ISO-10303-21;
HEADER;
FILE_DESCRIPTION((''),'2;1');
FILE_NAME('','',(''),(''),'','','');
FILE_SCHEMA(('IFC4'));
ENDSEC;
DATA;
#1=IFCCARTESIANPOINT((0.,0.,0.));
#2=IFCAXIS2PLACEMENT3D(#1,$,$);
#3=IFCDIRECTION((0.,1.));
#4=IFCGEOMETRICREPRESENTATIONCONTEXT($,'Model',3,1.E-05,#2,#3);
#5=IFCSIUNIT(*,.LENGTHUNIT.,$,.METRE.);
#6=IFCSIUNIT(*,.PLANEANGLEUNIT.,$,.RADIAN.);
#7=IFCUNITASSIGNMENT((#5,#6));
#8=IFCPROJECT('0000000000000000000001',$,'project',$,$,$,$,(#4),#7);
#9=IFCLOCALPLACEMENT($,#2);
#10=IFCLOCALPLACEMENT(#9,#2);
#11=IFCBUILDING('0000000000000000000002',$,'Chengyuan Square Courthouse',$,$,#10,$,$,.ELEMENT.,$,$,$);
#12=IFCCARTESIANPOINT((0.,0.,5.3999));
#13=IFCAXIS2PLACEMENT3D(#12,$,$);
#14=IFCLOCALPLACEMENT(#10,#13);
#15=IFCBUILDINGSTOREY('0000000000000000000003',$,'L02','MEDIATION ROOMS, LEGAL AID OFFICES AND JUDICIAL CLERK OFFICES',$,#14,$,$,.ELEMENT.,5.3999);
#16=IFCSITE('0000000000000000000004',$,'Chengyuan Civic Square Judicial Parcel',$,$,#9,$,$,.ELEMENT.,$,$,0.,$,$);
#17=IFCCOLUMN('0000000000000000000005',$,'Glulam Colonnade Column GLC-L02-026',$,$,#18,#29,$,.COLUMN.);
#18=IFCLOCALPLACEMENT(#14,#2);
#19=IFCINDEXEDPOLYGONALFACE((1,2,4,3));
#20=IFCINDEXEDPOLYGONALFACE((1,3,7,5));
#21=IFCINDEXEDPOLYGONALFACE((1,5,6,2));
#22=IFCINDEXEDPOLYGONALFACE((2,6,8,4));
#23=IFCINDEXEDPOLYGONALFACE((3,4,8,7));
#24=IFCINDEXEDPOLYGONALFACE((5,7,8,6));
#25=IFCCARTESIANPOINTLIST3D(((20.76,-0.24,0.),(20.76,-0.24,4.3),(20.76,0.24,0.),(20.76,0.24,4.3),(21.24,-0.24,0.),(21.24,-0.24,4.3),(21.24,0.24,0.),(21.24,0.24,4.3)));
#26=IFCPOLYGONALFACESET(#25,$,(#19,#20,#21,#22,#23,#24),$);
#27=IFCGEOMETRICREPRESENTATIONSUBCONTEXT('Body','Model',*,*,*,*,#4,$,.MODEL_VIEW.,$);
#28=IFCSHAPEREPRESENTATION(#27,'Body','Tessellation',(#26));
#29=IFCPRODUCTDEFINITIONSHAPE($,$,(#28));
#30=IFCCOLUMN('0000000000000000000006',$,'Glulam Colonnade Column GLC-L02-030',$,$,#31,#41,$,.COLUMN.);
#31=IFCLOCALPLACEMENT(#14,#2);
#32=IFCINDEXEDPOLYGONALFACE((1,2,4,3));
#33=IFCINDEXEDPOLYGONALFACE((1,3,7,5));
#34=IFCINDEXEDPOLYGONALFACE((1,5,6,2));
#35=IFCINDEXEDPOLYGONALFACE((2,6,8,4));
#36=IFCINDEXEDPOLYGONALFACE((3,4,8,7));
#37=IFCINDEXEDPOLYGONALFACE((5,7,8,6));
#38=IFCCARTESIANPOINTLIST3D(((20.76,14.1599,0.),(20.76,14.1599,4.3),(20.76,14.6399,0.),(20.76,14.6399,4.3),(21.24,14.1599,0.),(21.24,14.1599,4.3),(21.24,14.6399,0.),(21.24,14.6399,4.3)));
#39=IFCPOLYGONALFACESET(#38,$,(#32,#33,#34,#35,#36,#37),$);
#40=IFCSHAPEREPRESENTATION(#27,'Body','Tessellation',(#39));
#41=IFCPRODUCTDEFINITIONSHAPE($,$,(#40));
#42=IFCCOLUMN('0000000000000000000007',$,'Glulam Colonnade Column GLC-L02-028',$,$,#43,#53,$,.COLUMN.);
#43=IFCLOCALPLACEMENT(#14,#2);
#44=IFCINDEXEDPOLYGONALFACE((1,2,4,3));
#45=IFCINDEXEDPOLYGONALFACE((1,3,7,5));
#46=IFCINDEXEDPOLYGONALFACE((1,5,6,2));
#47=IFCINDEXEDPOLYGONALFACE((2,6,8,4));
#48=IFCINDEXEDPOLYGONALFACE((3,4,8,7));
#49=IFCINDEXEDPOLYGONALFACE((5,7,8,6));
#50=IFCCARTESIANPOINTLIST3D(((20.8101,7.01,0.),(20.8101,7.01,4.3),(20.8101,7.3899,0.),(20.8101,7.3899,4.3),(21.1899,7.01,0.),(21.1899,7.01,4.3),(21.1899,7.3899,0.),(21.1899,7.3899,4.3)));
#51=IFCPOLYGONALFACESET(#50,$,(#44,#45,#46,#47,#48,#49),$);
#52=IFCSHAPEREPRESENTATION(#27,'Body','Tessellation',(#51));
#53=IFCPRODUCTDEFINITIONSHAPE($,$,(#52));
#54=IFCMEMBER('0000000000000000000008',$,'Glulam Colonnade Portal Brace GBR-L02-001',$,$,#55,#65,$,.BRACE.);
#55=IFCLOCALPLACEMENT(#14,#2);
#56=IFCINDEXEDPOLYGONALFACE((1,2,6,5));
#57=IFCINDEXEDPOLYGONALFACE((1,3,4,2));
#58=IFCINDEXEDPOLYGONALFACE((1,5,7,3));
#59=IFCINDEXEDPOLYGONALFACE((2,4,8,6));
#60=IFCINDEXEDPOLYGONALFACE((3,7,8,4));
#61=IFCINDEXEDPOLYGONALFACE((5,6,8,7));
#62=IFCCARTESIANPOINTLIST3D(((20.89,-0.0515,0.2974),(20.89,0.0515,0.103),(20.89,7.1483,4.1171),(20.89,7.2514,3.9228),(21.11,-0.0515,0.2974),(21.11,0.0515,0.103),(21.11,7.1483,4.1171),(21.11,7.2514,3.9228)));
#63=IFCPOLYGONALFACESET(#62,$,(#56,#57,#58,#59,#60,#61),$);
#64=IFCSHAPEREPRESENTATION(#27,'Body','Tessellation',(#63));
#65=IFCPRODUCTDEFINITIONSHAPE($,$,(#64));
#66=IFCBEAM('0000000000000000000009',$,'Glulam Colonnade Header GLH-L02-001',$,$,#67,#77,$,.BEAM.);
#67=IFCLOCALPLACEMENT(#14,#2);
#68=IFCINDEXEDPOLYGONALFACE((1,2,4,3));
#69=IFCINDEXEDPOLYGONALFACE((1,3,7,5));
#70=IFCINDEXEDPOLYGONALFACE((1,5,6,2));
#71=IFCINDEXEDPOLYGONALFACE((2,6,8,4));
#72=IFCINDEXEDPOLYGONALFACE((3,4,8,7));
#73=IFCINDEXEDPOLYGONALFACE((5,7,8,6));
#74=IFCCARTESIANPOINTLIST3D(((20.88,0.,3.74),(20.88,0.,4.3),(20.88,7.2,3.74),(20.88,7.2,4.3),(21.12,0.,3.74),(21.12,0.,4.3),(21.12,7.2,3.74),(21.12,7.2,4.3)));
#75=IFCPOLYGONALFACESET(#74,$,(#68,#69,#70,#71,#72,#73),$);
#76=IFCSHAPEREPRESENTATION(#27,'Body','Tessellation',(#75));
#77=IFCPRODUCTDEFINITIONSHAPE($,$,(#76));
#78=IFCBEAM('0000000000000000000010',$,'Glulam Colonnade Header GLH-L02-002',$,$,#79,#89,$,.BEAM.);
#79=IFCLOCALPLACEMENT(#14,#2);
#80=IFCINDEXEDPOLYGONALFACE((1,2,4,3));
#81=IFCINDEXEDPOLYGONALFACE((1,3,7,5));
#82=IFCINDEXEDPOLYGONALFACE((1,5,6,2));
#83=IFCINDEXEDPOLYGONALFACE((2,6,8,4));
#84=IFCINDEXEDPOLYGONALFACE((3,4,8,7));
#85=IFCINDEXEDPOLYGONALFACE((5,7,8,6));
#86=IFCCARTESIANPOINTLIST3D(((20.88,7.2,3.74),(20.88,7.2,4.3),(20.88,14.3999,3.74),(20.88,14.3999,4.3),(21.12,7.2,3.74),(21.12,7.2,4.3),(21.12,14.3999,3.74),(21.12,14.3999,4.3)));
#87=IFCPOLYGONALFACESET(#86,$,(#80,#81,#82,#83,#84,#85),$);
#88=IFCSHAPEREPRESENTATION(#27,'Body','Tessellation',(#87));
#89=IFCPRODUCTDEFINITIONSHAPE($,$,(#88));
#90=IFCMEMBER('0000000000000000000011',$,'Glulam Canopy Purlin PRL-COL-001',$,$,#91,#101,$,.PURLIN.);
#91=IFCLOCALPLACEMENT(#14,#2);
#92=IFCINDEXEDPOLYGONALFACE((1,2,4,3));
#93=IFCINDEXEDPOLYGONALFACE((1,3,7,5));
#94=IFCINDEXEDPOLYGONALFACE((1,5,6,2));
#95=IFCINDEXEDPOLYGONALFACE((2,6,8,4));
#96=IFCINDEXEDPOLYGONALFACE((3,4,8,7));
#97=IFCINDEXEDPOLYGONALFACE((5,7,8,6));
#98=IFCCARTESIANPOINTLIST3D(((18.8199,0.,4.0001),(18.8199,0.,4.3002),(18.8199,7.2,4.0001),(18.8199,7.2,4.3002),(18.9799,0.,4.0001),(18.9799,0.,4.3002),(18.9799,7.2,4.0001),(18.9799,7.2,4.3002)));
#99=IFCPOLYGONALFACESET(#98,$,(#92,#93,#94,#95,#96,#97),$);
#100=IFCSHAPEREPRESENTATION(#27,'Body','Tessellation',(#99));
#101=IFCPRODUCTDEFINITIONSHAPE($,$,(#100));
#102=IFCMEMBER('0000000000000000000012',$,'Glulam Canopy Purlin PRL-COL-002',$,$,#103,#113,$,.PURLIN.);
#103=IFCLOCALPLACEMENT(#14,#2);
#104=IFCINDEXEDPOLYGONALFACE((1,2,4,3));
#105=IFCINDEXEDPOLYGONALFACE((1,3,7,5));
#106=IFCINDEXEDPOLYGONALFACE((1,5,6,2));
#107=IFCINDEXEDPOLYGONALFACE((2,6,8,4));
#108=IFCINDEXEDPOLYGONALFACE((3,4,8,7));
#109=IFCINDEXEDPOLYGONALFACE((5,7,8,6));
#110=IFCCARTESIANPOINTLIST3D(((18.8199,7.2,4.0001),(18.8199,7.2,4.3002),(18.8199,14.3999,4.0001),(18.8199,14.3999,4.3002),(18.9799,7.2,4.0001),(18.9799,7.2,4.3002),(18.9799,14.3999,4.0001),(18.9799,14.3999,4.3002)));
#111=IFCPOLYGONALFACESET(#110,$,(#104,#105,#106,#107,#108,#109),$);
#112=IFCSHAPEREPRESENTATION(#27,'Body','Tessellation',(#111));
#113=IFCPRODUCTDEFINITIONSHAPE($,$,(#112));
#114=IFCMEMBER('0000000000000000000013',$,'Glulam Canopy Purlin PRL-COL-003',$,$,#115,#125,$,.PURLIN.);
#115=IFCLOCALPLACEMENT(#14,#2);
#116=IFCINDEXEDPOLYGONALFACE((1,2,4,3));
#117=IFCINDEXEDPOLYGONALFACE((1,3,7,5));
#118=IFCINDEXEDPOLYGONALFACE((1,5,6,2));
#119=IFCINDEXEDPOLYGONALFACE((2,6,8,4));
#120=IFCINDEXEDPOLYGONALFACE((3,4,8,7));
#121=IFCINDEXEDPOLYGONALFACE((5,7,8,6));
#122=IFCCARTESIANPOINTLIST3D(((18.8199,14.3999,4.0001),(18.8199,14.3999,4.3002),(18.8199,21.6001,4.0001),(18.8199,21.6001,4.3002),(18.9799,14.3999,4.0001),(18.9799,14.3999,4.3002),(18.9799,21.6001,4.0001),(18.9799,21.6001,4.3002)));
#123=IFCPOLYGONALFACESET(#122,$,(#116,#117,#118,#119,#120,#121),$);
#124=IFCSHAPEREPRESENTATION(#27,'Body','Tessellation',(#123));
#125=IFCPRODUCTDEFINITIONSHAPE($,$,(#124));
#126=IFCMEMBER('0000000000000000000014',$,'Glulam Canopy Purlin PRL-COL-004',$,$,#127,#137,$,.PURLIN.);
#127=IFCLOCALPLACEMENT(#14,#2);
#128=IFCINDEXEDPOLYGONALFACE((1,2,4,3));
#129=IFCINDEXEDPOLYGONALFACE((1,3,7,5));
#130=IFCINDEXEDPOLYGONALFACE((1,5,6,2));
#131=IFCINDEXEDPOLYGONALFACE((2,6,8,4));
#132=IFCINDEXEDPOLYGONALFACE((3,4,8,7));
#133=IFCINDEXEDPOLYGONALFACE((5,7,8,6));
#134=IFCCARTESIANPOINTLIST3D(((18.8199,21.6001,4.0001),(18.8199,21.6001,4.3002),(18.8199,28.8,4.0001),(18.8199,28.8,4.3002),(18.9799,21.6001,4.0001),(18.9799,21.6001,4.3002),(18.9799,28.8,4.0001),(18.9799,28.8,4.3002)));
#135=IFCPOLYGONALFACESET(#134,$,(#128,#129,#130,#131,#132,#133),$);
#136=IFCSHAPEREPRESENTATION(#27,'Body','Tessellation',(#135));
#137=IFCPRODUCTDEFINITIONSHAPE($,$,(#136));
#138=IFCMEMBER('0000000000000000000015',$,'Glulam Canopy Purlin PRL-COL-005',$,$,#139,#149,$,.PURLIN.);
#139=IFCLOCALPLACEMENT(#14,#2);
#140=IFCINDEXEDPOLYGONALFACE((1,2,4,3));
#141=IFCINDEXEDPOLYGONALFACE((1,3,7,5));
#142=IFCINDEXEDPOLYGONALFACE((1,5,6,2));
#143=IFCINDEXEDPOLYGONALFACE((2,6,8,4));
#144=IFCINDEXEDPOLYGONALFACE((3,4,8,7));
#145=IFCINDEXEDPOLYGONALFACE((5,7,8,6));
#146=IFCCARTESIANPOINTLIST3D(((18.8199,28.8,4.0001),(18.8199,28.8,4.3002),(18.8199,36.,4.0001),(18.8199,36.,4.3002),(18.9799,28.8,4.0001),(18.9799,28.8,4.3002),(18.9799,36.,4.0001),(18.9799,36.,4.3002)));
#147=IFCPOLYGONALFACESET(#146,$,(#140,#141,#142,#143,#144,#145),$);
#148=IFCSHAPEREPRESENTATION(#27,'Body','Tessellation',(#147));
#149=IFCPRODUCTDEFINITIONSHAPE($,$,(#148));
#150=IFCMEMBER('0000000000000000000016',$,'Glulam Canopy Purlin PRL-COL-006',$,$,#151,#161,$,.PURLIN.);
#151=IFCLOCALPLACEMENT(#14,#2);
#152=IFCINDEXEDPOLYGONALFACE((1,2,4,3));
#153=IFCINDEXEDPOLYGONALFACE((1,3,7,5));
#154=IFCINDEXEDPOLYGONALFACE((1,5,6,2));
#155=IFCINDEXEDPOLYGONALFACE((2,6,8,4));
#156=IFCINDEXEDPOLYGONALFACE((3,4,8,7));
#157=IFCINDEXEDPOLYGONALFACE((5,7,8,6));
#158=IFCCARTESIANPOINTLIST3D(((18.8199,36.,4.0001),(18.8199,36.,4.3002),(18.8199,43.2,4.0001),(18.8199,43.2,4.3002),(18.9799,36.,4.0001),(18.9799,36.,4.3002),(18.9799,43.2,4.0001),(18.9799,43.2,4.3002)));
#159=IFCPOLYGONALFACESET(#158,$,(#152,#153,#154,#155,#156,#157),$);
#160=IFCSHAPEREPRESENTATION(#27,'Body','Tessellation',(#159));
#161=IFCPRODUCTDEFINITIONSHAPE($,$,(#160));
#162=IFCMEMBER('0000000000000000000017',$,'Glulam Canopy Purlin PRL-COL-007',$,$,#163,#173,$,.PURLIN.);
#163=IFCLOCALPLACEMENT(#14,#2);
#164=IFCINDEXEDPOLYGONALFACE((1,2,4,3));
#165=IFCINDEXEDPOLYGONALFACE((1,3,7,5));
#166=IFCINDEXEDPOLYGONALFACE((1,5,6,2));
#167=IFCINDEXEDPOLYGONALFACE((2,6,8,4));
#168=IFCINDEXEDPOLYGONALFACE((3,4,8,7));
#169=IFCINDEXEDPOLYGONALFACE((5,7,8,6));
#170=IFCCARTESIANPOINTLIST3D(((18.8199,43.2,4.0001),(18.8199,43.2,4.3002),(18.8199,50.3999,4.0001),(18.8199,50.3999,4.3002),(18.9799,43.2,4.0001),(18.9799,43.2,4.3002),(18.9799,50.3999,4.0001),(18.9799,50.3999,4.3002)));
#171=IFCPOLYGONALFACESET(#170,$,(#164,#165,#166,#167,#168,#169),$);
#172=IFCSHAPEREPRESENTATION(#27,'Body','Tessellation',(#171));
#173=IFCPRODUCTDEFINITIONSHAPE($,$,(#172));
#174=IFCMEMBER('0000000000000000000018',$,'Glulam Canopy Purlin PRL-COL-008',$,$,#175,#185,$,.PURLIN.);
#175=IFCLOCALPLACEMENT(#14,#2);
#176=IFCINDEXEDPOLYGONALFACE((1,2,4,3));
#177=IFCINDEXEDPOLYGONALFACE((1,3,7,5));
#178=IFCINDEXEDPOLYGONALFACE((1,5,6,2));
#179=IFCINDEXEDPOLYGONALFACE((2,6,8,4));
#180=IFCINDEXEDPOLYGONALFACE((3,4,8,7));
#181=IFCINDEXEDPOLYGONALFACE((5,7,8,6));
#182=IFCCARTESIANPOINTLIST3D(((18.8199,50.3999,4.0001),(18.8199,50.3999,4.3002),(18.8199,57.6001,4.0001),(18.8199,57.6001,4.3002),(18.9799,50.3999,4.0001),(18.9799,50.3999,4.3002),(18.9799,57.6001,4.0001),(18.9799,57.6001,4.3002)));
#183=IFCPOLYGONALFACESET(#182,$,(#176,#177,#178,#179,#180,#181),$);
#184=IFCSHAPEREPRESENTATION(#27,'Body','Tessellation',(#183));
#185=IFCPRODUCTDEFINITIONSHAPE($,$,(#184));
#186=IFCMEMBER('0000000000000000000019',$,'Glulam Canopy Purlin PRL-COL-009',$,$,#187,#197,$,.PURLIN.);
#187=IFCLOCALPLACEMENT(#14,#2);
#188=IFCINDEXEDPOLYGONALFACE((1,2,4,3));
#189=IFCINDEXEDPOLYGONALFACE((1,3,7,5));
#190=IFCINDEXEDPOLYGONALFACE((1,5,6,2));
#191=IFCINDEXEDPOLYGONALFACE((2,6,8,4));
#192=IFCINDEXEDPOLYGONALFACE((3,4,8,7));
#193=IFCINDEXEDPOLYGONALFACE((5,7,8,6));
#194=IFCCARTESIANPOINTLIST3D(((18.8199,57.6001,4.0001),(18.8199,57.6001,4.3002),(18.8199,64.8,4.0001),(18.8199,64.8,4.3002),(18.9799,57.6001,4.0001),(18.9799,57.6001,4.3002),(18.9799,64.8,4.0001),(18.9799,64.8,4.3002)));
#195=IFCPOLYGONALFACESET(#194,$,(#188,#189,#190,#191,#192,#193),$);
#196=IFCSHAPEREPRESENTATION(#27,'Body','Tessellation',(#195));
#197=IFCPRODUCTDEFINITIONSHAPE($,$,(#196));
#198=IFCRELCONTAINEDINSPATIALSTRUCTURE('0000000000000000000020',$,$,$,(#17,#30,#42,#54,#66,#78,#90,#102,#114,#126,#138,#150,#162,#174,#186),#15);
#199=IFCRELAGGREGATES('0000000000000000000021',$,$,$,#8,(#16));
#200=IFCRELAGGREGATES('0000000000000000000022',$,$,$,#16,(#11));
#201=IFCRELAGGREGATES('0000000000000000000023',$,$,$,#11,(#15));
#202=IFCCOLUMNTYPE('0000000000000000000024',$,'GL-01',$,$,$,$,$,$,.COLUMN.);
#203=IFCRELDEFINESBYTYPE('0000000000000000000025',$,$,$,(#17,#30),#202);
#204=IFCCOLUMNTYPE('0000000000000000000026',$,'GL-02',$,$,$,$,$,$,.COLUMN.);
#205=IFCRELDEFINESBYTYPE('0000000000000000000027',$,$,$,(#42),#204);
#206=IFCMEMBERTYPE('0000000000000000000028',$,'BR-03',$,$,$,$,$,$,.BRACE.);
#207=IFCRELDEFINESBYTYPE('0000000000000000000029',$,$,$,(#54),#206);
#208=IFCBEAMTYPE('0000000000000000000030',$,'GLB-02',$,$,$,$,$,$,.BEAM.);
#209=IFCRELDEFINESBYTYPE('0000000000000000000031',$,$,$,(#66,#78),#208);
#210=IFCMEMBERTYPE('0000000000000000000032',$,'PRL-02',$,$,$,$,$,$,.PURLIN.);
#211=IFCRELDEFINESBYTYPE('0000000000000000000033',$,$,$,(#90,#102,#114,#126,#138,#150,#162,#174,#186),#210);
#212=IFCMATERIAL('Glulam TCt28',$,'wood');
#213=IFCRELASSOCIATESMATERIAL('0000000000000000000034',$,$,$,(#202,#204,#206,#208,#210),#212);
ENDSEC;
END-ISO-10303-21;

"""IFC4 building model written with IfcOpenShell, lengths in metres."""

from ifc_helpers import new_model, si_unit, direction, frame, origin, origin_2d, place, context, subcontext, project, spatial, rectangle, extrude, material, material_profile, profile_set, type_object, element, save


model = new_model("IFC4")

# Units and contexts
model_context = context("Model", 3, precision=1e-05, world=origin(), true_north=direction((0.0, 1.0)))
body_context = subcontext(model_context, "Body", "Model", "MODEL_VIEW")
ifc_project = project(units=[si_unit("LENGTHUNIT", "METRE"), si_unit("PLANEANGLEUNIT", "RADIAN")], contexts=[model_context])

# Site, building, storey
site_placement = place(None, origin())
site = spatial("IfcSite", under=ifc_project, at=site_placement, Name="Chengyuan Civic Square Judicial Parcel", CompositionType="ELEMENT", RefElevation=0.0)
building_placement = place(site_placement, origin())
building = spatial("IfcBuilding", under=site, at=building_placement, Name="Chengyuan Square Courthouse", CompositionType="ELEMENT")
storey_placement = place(building_placement, frame((0.0, 0.0, 5.3999)))
storey = spatial("IfcBuildingStorey", under=building, at=storey_placement, Name="L02", Description="MEDIATION ROOMS, LEGAL AID OFFICES AND JUDICIAL CLERK OFFICES", CompositionType="ELEMENT", Elevation=5.3999)

# Columns
ifc_material_1 = material(Name="Glulam TCt28", Category="wood")
ifc_material_profile_1 = material_profile(ifc_material_1, rectangle(XDim=0.48, YDim=0.48, at=origin_2d()), Name="GL-COL-480x480")
ifc_profile_set_1 = profile_set([ifc_material_profile_1], Name="Glulam TCt28")
column_type_1 = type_object("IfcColumnType", Name="GL-01", PredefinedType="COLUMN", material=ifc_profile_set_1)
for number, where, z_axis, x_axis, name in (
    (1, (21.0, 0.0, 0.0), (0.0, 0.0, 1.0), (1.0, 0.0, 0.0), "Glulam Colonnade Column GLC-L02-026"),
    (2, (21.0, 14.3999, 0.0), (0.0, 0.0, 1.0), (1.0, 0.0, 0.0), "Glulam Colonnade Column GLC-L02-030"),
):
    element("IfcColumn", number, at=place(storey_placement, frame(where, z_axis=z_axis, x_axis=x_axis)), inside=storey, type_object=column_type_1, Name=name, PredefinedType="COLUMN", context=body_context, shape_type="SweptSolid", body=[
        extrude(rectangle(XDim=0.48, YDim=0.48, at=origin_2d()), origin(), (0.0, 0.0, 1.0), 4.3),
    ])
ifc_material_profile_2 = material_profile(ifc_material_1, rectangle(XDim=0.3799, YDim=0.3799, at=origin_2d()), Name="GL-COL-380x380")
ifc_profile_set_2 = profile_set([ifc_material_profile_2], Name="Glulam TCt28")
column_type_2 = type_object("IfcColumnType", Name="GL-02", PredefinedType="COLUMN", material=ifc_profile_set_2)
column_placement = place(storey_placement, frame((21.0, 7.2, 0.0), z_axis=(0.0, 0.0, 1.0), x_axis=(1.0, 0.0, 0.0)))
element("IfcColumn", 3, at=column_placement, inside=storey, type_object=column_type_2, Name="Glulam Colonnade Column GLC-L02-028", PredefinedType="COLUMN", context=body_context, shape_type="SweptSolid", body=[
    extrude(rectangle(XDim=0.3799, YDim=0.3799, at=origin_2d()), origin(), (0.0, 0.0, 1.0), 4.3),
])

# Member
ifc_material_profile_3 = material_profile(ifc_material_1, rectangle(XDim=0.22, YDim=0.22, at=origin_2d()), Name="GL-BR-220x220")
ifc_profile_set_3 = profile_set([ifc_material_profile_3], Name="Glulam TCt28")
member_type_1 = type_object("IfcMemberType", Name="BR-03", PredefinedType="BRACE", material=ifc_profile_set_3)
member_1_placement = place(storey_placement, frame((21.0, 0.0, 0.2002), z_axis=(0.0, 0.883377, 0.468662), x_axis=(-1.0, 0.0, 0.0)))
element("IfcMember", 4, at=member_1_placement, inside=storey, type_object=member_type_1, Name="Glulam Colonnade Portal Brace GBR-L02-001", PredefinedType="BRACE", context=body_context, shape_type="SweptSolid", body=[
    extrude(rectangle(XDim=0.22, YDim=0.22, at=origin_2d()), origin(), (0.0, 0.0, 1.0), 8.1504),
])

# Beams
ifc_material_profile_4 = material_profile(ifc_material_1, rectangle(XDim=0.24, YDim=0.5601, at=origin_2d()), Name="GL-BM-240x560")
ifc_profile_set_4 = profile_set([ifc_material_profile_4], Name="Glulam TCt28")
beam_type = type_object("IfcBeamType", Name="GLB-02", PredefinedType="BEAM", material=ifc_profile_set_4)
for number, where, z_axis, x_axis, name in (
    (5, (21.0, 0.0, 4.02), (0.0, 1.0, 0.0), (-1.0, 0.0, 0.0), "Glulam Colonnade Header GLH-L02-001"),
    (6, (21.0, 7.2, 4.02), (0.0, 1.0, 0.0), (-1.0, 0.0, 0.0), "Glulam Colonnade Header GLH-L02-002"),
):
    element("IfcBeam", number, at=place(storey_placement, frame(where, z_axis=z_axis, x_axis=x_axis)), inside=storey, type_object=beam_type, Name=name, PredefinedType="BEAM", context=body_context, shape_type="SweptSolid", body=[
        extrude(rectangle(XDim=0.24, YDim=0.5601, at=origin_2d()), origin(), (0.0, 0.0, 1.0), 7.2),
    ])

# Members
ifc_material_profile_5 = material_profile(ifc_material_1, rectangle(XDim=0.1599, YDim=0.3, at=origin_2d()), Name="GL-PRL-160x300")
ifc_profile_set_5 = profile_set([ifc_material_profile_5], Name="Glulam TCt28")
member_type_2 = type_object("IfcMemberType", Name="PRL-02", PredefinedType="PURLIN", material=ifc_profile_set_5)
for number, where, z_axis, x_axis, name in (
    (7, (18.8999, 0.0, 4.1501), (0.0, 1.0, 0.0), (-1.0, 0.0, 0.0), "Glulam Canopy Purlin PRL-COL-001"),
    (8, (18.8999, 7.2, 4.1501), (0.0, 1.0, 0.0), (-1.0, 0.0, 0.0), "Glulam Canopy Purlin PRL-COL-002"),
):
    element("IfcMember", number, at=place(storey_placement, frame(where, z_axis=z_axis, x_axis=x_axis)), inside=storey, type_object=member_type_2, Name=name, PredefinedType="PURLIN", context=body_context, shape_type="SweptSolid", body=[
        extrude(rectangle(XDim=0.1599, YDim=0.3, at=origin_2d()), origin(), (0.0, 0.0, 1.0), 7.2),
    ])
member_2_placement = place(storey_placement, frame((18.8999, 14.3999, 4.1501), z_axis=(0.0, 1.0, 0.0), x_axis=(-1.0, 0.0, 0.0)))
element("IfcMember", 9, at=member_2_placement, inside=storey, type_object=member_type_2, Name="Glulam Canopy Purlin PRL-COL-003", PredefinedType="PURLIN", context=body_context, shape_type="SweptSolid", body=[
    extrude(rectangle(XDim=0.1599, YDim=0.3, at=origin_2d()), origin(), (0.0, 0.0, 1.0), 7.2002),
])
for number, where, z_axis, x_axis, name in (
    (10, (18.8999, 21.6001, 4.1501), (0.0, 1.0, 0.0), (-1.0, 0.0, 0.0), "Glulam Canopy Purlin PRL-COL-004"),
    (11, (18.8999, 28.8, 4.1501), (0.0, 1.0, 0.0), (-1.0, 0.0, 0.0), "Glulam Canopy Purlin PRL-COL-005"),
    (12, (18.8999, 36.0, 4.1501), (0.0, 1.0, 0.0), (-1.0, 0.0, 0.0), "Glulam Canopy Purlin PRL-COL-006"),
    (13, (18.8999, 43.2, 4.1501), (0.0, 1.0, 0.0), (-1.0, 0.0, 0.0), "Glulam Canopy Purlin PRL-COL-007"),
):
    element("IfcMember", number, at=place(storey_placement, frame(where, z_axis=z_axis, x_axis=x_axis)), inside=storey, type_object=member_type_2, Name=name, PredefinedType="PURLIN", context=body_context, shape_type="SweptSolid", body=[
        extrude(rectangle(XDim=0.1599, YDim=0.3, at=origin_2d()), origin(), (0.0, 0.0, 1.0), 7.2),
    ])
member_3_placement = place(storey_placement, frame((18.8999, 50.3999, 4.1501), z_axis=(0.0, 1.0, 0.0), x_axis=(-1.0, 0.0, 0.0)))
element("IfcMember", 14, at=member_3_placement, inside=storey, type_object=member_type_2, Name="Glulam Canopy Purlin PRL-COL-008", PredefinedType="PURLIN", context=body_context, shape_type="SweptSolid", body=[
    extrude(rectangle(XDim=0.1599, YDim=0.3, at=origin_2d()), origin(), (0.0, 0.0, 1.0), 7.2002),
])
member_4_placement = place(storey_placement, frame((18.8999, 57.6001, 4.1501), z_axis=(0.0, 1.0, 0.0), x_axis=(-1.0, 0.0, 0.0)))
element("IfcMember", 15, at=member_4_placement, inside=storey, type_object=member_type_2, Name="Glulam Canopy Purlin PRL-COL-009", PredefinedType="PURLIN", context=body_context, shape_type="SweptSolid", body=[
    extrude(rectangle(XDim=0.1599, YDim=0.3, at=origin_2d()), origin(), (0.0, 0.0, 1.0), 7.2),
])

save(model, "model.ifc")
